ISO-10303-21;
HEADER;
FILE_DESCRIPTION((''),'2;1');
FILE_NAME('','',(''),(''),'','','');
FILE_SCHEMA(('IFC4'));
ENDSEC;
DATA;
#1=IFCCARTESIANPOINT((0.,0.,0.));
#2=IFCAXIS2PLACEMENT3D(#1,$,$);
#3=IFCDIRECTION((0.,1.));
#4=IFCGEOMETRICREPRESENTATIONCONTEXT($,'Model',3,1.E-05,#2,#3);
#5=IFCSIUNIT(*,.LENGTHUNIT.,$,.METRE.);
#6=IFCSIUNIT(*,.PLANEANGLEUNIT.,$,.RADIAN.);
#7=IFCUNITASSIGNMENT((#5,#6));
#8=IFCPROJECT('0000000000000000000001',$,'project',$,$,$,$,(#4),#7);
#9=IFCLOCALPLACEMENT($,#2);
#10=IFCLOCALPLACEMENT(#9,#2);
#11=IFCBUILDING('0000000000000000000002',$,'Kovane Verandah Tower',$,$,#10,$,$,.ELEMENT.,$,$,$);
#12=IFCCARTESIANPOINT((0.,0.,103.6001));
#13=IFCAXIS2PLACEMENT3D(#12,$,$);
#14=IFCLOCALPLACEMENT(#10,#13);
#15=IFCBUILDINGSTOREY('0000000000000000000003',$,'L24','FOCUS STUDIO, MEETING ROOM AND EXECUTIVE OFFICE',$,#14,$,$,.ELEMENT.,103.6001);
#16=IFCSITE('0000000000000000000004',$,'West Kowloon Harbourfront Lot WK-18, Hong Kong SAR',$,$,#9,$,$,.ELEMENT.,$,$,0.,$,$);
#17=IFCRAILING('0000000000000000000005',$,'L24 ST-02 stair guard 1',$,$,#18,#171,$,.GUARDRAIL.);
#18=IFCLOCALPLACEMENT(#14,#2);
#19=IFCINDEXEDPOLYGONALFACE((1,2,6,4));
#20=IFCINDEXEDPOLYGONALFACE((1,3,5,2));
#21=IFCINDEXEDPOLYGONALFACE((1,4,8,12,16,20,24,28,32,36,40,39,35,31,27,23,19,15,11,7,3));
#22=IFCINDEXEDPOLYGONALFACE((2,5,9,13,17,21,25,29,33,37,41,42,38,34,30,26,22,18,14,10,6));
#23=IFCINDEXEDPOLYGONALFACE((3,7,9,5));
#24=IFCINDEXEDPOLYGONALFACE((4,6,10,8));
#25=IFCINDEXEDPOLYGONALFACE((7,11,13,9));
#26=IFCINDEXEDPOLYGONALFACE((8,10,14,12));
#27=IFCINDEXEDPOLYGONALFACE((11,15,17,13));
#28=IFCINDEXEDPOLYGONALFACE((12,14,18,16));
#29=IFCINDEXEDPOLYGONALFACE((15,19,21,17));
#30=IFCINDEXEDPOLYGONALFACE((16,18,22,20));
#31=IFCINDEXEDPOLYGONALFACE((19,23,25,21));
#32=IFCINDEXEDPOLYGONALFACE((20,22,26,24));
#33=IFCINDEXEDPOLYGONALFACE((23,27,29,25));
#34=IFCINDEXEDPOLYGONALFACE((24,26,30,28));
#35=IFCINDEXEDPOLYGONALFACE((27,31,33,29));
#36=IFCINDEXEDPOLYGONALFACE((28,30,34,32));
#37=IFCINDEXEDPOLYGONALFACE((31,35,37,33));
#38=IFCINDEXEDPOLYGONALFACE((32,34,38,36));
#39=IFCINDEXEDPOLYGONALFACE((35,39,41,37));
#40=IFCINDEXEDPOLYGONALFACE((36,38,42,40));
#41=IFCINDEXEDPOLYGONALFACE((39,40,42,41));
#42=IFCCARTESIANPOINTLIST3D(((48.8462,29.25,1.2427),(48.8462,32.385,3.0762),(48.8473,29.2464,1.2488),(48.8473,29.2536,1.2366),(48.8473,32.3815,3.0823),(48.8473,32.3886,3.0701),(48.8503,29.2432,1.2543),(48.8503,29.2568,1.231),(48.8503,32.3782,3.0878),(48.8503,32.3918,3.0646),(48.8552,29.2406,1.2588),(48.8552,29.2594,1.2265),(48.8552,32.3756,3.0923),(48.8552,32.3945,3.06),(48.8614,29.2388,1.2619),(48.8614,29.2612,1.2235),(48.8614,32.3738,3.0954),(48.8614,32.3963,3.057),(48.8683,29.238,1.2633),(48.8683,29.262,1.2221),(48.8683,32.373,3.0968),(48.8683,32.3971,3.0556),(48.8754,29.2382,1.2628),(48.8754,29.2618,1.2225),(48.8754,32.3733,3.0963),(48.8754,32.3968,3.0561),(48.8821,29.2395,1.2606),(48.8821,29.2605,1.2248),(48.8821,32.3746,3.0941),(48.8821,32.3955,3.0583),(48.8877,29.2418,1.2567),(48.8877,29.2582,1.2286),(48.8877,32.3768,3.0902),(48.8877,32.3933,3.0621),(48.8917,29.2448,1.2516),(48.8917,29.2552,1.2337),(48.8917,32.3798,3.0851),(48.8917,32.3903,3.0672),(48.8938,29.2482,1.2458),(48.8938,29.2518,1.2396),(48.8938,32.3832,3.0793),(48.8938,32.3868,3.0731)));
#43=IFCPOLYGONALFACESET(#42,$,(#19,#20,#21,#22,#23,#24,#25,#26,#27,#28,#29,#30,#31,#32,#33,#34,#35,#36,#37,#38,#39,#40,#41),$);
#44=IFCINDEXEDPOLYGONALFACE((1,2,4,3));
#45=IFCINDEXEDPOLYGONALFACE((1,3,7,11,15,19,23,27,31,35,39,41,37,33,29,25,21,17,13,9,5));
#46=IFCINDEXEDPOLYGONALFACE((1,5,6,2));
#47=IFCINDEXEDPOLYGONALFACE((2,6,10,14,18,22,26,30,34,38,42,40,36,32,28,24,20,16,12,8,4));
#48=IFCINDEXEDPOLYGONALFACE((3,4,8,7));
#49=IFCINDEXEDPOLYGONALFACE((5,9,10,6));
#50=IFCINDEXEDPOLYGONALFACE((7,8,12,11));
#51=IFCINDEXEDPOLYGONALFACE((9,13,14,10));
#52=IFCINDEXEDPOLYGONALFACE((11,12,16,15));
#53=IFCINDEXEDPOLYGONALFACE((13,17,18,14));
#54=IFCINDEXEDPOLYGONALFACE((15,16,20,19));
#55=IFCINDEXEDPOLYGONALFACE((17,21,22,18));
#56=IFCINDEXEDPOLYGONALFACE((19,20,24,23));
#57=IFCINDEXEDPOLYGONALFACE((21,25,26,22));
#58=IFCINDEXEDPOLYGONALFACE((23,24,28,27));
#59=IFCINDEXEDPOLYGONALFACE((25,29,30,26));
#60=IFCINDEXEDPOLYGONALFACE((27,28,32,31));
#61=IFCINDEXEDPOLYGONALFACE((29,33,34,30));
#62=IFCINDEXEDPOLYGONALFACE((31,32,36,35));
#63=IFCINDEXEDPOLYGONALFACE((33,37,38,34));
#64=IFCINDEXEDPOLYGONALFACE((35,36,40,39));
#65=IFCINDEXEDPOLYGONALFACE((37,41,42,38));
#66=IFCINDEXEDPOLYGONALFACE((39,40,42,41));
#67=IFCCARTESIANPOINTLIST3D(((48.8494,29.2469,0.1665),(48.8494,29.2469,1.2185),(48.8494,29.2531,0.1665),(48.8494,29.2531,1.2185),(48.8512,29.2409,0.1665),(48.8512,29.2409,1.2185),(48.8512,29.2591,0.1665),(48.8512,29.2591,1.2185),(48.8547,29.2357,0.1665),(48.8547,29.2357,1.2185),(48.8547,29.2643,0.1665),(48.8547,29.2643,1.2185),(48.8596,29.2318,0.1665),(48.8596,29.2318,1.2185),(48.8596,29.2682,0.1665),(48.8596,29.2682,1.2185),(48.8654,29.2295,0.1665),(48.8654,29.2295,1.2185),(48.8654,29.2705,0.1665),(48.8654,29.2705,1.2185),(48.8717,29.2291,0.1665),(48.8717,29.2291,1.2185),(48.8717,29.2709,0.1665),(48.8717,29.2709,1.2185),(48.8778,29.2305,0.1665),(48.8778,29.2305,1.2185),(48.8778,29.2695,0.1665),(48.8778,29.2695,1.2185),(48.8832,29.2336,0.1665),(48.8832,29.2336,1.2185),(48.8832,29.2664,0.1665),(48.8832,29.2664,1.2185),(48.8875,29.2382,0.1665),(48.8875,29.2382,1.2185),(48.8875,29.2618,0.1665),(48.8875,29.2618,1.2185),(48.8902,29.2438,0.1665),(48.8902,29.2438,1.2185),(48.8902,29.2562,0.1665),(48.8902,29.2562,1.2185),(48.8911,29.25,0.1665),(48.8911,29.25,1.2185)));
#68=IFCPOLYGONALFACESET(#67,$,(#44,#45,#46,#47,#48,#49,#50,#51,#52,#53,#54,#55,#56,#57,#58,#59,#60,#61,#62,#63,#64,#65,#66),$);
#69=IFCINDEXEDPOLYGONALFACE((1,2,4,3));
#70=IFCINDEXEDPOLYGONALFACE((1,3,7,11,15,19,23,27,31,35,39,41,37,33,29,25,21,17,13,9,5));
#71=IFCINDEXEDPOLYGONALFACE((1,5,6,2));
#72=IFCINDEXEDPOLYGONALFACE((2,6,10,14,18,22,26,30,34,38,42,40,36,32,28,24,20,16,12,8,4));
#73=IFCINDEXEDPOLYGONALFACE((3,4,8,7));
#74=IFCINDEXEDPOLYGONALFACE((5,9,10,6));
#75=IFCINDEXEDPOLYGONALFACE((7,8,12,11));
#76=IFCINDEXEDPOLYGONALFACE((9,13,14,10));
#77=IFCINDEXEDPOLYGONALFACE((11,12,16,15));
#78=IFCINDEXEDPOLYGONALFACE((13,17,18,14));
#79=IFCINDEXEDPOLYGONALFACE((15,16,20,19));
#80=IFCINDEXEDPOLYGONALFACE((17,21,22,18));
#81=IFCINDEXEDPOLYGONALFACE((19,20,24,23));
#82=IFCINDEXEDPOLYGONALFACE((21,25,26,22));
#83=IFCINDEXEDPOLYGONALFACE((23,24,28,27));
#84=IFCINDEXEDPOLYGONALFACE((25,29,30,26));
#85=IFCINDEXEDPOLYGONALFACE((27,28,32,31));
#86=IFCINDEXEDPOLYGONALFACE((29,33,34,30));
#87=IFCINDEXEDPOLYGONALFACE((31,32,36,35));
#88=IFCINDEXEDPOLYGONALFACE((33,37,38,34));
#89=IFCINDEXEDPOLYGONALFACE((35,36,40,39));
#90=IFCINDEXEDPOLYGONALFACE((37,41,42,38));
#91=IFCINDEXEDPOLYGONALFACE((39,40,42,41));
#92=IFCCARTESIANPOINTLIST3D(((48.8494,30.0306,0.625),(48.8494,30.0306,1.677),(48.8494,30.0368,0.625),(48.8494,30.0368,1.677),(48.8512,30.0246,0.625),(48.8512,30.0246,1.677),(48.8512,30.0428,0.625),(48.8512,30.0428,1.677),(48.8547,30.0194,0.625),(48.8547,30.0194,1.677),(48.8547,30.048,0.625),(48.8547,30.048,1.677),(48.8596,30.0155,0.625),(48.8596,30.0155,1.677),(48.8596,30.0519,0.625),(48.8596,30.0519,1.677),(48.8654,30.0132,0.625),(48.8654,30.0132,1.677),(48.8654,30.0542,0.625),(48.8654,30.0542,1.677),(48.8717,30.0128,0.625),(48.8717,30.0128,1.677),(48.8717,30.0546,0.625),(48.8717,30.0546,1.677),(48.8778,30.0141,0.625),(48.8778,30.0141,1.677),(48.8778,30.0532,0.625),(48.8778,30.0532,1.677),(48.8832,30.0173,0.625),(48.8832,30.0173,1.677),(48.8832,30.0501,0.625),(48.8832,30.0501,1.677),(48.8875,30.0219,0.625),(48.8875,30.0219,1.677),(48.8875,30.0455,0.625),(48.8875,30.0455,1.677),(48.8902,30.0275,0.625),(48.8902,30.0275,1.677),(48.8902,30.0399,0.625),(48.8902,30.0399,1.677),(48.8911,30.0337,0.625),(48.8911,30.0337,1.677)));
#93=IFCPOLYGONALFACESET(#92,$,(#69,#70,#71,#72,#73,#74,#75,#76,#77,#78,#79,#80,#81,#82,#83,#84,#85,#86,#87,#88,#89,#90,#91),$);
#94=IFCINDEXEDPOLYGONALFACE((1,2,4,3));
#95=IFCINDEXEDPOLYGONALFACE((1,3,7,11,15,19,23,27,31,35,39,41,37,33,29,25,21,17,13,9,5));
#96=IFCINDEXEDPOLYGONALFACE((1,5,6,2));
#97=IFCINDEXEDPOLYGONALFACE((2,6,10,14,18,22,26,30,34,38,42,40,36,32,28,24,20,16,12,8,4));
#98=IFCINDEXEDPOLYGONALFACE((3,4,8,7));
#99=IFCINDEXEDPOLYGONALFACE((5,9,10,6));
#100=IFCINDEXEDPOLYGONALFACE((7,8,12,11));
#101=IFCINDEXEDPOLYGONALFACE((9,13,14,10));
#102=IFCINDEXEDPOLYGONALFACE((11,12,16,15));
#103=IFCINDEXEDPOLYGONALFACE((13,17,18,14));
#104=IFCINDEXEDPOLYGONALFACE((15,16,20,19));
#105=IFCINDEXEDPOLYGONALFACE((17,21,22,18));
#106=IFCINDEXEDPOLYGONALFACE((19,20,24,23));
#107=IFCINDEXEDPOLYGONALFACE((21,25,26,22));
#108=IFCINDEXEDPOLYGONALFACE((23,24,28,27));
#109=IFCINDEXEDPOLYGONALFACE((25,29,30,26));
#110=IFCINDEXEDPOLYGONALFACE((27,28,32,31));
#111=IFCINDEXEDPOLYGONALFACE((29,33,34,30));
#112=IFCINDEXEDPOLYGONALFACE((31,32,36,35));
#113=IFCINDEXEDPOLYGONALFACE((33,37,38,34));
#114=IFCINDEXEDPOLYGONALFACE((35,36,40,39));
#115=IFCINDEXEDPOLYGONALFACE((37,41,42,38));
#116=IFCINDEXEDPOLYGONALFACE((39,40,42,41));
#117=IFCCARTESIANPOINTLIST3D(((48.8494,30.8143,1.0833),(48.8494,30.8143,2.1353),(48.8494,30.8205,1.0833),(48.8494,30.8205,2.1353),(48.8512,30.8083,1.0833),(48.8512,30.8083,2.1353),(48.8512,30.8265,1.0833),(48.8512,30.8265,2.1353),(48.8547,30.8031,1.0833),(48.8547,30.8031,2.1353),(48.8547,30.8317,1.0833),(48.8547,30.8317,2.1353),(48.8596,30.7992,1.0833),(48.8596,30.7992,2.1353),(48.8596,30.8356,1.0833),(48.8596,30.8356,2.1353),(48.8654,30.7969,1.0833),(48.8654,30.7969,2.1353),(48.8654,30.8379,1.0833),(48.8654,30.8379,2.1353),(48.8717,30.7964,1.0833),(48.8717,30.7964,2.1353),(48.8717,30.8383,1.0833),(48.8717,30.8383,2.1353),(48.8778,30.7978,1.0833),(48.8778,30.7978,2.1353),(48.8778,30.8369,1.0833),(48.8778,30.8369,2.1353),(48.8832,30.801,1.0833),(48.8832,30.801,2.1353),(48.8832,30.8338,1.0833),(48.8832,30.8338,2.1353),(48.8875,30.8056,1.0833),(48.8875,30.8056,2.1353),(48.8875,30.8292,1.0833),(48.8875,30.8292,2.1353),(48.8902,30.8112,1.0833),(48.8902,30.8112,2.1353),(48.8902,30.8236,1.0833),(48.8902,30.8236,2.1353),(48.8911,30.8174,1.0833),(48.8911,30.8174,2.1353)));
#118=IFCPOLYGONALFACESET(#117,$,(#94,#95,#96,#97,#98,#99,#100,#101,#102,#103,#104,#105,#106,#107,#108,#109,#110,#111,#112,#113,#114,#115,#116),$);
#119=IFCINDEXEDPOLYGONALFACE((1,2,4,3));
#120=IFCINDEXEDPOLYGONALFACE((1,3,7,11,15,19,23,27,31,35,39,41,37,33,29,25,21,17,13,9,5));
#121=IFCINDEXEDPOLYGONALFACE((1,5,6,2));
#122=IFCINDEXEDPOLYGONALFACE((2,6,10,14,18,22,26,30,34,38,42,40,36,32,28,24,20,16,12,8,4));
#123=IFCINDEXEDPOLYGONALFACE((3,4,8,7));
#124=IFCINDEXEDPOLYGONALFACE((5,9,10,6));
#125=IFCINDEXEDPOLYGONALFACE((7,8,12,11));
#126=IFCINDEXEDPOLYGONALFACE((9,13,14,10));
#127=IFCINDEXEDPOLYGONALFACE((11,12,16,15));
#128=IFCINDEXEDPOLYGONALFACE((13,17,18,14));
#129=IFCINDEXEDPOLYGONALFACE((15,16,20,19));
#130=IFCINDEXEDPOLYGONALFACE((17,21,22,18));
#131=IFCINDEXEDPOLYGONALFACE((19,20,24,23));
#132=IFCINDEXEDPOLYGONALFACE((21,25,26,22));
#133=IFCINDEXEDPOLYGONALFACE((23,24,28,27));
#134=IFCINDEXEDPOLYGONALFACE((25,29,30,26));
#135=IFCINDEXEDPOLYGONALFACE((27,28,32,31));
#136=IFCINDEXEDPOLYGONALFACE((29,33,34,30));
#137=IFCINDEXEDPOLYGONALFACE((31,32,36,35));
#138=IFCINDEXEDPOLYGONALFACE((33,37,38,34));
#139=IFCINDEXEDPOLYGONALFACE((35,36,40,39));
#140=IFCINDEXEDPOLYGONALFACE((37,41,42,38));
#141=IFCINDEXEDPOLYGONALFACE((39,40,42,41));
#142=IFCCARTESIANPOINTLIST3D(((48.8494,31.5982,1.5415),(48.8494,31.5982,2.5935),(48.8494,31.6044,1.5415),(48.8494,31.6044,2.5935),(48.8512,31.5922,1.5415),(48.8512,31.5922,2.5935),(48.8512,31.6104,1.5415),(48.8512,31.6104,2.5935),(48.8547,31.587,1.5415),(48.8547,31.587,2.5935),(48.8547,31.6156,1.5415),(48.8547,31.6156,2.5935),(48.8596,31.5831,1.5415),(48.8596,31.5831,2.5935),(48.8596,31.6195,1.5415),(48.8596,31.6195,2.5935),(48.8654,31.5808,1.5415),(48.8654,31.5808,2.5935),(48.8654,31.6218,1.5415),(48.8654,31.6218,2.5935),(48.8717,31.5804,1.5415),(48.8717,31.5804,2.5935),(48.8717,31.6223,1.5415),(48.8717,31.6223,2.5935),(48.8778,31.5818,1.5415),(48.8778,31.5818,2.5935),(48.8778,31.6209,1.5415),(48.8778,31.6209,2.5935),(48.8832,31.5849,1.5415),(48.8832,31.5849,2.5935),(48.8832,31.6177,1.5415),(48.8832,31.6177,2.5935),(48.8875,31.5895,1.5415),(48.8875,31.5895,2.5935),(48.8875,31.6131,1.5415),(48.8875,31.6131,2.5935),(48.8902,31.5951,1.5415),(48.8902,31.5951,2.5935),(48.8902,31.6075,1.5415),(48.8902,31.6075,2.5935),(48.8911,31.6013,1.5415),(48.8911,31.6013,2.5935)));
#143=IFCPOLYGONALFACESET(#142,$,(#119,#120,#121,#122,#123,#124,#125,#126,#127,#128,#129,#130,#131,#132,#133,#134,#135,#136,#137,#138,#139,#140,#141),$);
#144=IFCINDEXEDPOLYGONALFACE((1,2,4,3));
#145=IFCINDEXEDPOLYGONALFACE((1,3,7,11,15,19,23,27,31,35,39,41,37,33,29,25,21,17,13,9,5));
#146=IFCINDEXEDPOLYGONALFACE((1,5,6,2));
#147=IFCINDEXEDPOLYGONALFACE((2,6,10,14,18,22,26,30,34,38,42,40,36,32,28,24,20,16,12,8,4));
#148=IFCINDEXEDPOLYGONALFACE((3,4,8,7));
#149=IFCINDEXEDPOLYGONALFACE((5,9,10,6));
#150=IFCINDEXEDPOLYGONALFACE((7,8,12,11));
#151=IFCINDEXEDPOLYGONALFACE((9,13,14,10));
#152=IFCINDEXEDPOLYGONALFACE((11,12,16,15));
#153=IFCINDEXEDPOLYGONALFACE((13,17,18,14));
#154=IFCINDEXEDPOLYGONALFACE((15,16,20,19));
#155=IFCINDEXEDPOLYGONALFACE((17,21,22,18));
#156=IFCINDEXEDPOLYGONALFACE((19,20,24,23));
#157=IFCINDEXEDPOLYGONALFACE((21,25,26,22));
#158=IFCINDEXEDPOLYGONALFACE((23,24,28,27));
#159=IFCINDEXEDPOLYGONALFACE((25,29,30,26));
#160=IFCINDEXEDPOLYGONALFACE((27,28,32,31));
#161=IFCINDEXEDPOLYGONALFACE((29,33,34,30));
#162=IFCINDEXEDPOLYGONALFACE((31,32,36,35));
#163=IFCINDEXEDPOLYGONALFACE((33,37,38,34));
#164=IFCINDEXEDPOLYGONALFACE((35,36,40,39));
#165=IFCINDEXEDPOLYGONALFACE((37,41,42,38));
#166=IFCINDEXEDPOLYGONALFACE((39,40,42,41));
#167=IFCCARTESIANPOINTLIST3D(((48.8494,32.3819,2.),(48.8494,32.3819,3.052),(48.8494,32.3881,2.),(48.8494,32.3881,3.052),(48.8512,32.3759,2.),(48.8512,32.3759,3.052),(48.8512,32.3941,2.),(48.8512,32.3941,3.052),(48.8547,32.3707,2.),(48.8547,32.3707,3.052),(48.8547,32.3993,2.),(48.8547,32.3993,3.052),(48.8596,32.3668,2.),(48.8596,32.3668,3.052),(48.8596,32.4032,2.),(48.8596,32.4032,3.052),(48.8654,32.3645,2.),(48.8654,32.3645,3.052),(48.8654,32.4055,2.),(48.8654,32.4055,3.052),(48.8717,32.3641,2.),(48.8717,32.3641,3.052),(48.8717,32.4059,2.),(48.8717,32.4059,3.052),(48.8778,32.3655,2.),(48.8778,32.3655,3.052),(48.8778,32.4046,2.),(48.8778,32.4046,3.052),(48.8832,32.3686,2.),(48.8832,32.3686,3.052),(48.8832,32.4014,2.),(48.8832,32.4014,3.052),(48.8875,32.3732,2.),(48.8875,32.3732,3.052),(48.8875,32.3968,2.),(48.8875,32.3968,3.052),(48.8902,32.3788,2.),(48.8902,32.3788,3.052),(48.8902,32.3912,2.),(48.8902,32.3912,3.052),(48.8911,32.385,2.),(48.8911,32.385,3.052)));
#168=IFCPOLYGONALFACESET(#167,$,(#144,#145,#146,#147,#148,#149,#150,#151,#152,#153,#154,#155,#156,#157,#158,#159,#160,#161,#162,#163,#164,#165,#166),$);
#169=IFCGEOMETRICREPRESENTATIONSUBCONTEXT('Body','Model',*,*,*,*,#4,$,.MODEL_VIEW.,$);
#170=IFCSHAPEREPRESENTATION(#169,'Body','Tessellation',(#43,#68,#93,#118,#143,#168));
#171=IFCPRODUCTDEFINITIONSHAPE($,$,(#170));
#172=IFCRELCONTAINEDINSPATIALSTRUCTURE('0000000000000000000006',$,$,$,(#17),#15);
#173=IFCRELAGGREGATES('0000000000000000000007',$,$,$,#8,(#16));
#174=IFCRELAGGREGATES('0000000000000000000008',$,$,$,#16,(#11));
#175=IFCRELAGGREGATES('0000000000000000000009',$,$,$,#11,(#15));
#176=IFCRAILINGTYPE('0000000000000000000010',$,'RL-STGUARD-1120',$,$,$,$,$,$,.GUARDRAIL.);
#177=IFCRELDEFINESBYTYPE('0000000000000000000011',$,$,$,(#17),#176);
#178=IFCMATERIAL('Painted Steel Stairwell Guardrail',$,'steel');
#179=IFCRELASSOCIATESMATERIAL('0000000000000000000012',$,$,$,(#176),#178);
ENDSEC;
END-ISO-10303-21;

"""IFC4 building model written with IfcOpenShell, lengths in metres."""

from ifc_helpers import new_model, si_unit, direction, frame, origin, origin_2d, place, context, subcontext, project, spatial, circle, extrude, material, type_object, element, save


model = new_model("IFC4")

# Units and contexts
model_context = context("Model", 3, precision=1e-05, world=origin(), true_north=direction((0.0, 1.0)))
body_context = subcontext(model_context, "Body", "Model", "MODEL_VIEW")
ifc_project = project(units=[si_unit("LENGTHUNIT", "METRE"), si_unit("PLANEANGLEUNIT", "RADIAN")], contexts=[model_context])

# Site, building, storey
site_placement = place(None, origin())
site = spatial("IfcSite", under=ifc_project, at=site_placement, Name="West Kowloon Harbourfront Lot WK-18, Hong Kong SAR", CompositionType="ELEMENT", RefElevation=0.0)
building_placement = place(site_placement, origin())
building = spatial("IfcBuilding", under=site, at=building_placement, Name="Kovane Verandah Tower", CompositionType="ELEMENT")
storey_placement = place(building_placement, frame((0.0, 0.0, 103.6001)))
storey = spatial("IfcBuildingStorey", under=building, at=storey_placement, Name="L24", Description="FOCUS STUDIO, MEETING ROOM AND EXECUTIVE OFFICE", CompositionType="ELEMENT", Elevation=103.6001)

# Railing
ifc_material_1 = material(Name="Painted Steel Stairwell Guardrail", Category="steel")
railing_type_1 = type_object("IfcRailingType", Name="RL-STGUARD-1120", PredefinedType="GUARDRAIL", material=ifc_material_1)
railing_1_placement = place(storey_placement, frame((48.8701, 29.25, 0.1665)))
element("IfcRailing", 1, at=railing_1_placement, inside=storey, type_object=railing_type_1, Name="L24 ST-02 stair guard 1", PredefinedType="GUARDRAIL", context=body_context, shape_type="SweptSolid", body=[
    extrude(circle(Radius=0.0239, at=origin_2d()), frame((0.0, 0.0, 1.0762), z_axis=(0.0, 0.86321, 0.504845), x_axis=(-1.0, 0.0, 0.0)), (0.0, 0.0, 1.0), 3.6318),
    extrude(circle(Radius=0.021, at=origin_2d()), origin(), (0.0, 0.0, 1.0), 1.052),
    extrude(circle(Radius=0.021, at=origin_2d()), frame((0.0, 0.7837, 0.4585)), (0.0, 0.0, 1.0), 1.052),
    extrude(circle(Radius=0.021, at=origin_2d()), frame((0.0, 1.5674, 0.9167)), (0.0, 0.0, 1.0), 1.052),
    extrude(circle(Radius=0.021, at=origin_2d()), frame((0.0, 2.3513, 1.375)), (0.0, 0.0, 1.0), 1.052),
    extrude(circle(Radius=0.021, at=origin_2d()), frame((0.0, 3.135, 1.8335)), (0.0, 0.0, 1.0), 1.052),
])

save(model, "model.ifc")
